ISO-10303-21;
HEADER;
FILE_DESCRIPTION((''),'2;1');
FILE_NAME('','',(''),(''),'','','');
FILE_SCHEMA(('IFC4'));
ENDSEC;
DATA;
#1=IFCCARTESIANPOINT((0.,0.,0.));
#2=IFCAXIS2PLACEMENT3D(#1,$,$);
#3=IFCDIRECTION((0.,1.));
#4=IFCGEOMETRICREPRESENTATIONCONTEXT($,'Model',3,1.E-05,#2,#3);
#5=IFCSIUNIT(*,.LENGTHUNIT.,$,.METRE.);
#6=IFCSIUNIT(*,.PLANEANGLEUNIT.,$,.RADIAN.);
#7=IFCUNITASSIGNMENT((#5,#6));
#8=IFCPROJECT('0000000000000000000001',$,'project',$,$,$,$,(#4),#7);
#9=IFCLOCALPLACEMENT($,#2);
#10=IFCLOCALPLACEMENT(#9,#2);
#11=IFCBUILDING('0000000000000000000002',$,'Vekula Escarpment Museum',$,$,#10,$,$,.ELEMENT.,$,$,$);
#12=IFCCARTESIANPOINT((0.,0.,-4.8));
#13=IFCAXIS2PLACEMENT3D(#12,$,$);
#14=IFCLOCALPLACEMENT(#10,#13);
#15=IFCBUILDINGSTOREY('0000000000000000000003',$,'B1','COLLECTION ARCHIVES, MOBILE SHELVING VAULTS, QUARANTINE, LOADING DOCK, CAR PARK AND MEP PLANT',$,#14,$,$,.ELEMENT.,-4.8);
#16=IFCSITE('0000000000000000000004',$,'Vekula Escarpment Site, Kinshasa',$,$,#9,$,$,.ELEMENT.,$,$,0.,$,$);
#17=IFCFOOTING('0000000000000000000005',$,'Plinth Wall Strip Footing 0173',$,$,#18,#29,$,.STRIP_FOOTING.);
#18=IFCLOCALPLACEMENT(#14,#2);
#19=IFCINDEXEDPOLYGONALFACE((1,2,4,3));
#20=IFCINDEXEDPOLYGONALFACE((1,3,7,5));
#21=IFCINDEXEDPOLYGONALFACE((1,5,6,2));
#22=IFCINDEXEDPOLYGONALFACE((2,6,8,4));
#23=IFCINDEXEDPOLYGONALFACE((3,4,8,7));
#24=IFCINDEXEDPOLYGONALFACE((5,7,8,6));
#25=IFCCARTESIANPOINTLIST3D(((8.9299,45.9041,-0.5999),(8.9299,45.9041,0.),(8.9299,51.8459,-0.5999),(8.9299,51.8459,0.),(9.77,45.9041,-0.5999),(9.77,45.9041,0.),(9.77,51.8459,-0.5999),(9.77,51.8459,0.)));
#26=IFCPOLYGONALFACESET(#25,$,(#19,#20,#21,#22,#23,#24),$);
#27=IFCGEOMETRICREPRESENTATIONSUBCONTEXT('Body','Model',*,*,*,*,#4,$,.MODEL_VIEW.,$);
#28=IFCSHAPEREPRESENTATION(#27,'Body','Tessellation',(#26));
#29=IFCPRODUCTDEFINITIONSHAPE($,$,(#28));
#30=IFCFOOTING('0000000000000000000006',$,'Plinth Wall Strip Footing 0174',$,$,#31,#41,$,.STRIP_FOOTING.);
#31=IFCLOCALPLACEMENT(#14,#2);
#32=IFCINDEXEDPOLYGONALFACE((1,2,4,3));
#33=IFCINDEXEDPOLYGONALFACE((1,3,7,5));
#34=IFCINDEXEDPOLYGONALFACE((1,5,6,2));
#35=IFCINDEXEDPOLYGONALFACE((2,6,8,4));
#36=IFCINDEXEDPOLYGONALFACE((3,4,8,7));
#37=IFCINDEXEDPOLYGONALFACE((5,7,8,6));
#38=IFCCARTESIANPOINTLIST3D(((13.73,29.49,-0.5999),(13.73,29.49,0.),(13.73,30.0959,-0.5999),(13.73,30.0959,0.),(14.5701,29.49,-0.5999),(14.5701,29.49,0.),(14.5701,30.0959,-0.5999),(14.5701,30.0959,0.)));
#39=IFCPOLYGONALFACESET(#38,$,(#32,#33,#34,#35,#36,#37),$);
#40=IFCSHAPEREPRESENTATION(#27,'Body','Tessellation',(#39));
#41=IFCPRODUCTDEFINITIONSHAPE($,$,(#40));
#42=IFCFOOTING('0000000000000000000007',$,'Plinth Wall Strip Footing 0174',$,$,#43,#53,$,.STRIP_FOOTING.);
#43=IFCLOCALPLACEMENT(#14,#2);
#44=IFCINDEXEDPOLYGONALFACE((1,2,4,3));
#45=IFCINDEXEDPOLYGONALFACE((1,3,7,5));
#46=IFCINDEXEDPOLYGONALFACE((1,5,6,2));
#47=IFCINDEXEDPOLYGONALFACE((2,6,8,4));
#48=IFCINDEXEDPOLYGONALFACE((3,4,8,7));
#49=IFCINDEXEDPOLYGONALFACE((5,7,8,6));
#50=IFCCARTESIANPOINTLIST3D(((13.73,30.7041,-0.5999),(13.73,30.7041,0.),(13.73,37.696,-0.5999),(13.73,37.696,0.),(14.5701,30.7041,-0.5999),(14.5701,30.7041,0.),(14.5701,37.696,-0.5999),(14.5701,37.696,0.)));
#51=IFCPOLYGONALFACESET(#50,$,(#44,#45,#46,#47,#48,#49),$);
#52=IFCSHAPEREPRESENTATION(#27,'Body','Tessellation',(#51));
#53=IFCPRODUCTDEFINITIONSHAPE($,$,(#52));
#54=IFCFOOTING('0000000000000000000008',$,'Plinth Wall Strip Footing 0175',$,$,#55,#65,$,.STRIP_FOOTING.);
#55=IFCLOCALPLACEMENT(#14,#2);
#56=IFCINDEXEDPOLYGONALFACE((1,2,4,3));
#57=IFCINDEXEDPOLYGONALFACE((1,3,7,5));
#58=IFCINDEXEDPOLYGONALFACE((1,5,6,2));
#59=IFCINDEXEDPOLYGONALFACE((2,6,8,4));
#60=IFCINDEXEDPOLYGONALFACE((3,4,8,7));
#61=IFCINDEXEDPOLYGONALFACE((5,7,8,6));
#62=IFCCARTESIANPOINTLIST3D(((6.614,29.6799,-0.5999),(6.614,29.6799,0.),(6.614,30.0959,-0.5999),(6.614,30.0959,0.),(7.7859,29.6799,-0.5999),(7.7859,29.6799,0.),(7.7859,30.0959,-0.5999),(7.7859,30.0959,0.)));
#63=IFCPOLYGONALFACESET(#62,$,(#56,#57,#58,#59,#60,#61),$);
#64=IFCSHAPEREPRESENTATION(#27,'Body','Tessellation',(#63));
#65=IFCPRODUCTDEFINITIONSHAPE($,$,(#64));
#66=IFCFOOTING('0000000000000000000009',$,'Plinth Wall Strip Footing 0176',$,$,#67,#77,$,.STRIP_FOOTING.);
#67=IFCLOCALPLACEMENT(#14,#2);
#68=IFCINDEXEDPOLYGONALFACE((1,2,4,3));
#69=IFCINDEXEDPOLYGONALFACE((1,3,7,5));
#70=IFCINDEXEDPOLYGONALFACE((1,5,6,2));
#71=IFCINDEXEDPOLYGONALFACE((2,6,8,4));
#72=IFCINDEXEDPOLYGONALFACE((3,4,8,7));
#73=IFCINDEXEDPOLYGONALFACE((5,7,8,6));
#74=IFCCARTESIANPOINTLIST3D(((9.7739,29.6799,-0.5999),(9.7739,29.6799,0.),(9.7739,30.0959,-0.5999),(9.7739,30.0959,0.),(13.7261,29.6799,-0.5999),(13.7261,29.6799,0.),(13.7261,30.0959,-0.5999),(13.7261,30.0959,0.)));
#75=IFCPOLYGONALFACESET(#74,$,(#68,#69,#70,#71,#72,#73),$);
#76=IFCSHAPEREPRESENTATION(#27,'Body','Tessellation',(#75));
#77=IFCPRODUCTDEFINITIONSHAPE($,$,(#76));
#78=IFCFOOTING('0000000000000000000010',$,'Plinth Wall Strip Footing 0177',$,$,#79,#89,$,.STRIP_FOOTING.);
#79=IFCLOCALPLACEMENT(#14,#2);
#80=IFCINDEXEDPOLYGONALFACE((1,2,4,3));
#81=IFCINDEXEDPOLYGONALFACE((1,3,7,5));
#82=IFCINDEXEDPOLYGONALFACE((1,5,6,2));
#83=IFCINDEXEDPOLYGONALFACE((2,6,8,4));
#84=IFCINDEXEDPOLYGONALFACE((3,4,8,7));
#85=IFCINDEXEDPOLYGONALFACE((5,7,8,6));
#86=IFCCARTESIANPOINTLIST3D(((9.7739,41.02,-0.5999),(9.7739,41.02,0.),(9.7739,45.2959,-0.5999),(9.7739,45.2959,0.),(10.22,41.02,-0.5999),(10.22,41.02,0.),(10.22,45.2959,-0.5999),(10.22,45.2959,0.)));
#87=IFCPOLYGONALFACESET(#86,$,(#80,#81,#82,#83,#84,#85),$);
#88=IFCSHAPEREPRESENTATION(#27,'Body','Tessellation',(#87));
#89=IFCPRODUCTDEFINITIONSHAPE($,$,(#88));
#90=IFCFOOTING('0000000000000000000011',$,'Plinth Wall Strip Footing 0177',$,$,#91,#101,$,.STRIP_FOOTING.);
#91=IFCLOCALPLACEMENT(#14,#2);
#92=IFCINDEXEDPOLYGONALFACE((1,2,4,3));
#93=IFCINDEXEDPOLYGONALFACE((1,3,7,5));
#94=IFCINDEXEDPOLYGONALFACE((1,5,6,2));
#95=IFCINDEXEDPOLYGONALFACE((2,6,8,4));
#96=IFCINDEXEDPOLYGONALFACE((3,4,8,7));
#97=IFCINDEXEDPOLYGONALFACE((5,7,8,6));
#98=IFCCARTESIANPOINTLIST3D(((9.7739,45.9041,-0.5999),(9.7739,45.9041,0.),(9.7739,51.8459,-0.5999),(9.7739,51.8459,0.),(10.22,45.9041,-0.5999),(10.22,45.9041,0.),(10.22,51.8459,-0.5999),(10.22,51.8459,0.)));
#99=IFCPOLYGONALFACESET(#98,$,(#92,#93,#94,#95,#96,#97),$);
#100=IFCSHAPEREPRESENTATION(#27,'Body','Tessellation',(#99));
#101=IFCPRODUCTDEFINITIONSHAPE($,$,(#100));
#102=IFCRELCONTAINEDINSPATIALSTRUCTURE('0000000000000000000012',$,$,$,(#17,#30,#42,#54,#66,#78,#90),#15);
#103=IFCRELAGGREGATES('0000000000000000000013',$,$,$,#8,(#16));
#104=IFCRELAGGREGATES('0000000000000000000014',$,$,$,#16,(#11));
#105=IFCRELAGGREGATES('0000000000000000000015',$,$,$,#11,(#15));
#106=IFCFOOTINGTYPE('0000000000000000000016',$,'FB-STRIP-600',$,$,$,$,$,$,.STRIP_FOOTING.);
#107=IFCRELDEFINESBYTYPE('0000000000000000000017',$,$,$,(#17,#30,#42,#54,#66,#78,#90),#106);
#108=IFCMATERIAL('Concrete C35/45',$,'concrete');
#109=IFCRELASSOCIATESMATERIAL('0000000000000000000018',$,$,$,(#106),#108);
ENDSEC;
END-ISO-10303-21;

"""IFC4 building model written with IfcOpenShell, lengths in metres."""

from ifc_helpers import new_model, si_unit, direction, frame, origin, place, context, subcontext, project, spatial, polyline, outline, extrude, material, type_object, element, save


model = new_model("IFC4")

# Units and contexts
model_context = context("Model", 3, precision=1e-05, world=origin(), true_north=direction((0.0, 1.0)))
body_context = subcontext(model_context, "Body", "Model", "MODEL_VIEW")
ifc_project = project(units=[si_unit("LENGTHUNIT", "METRE"), si_unit("PLANEANGLEUNIT", "RADIAN")], contexts=[model_context])

# Site, building, storey
site_placement = place(None, origin())
site = spatial("IfcSite", under=ifc_project, at=site_placement, Name="Vekula Escarpment Site, Kinshasa", CompositionType="ELEMENT", RefElevation=0.0)
building_placement = place(site_placement, origin())
building = spatial("IfcBuilding", under=site, at=building_placement, Name="Vekula Escarpment Museum", CompositionType="ELEMENT")
storey_placement = place(building_placement, frame((0.0, 0.0, -4.8)))
storey = spatial("IfcBuildingStorey", under=building, at=storey_placement, Name="B1", Description="COLLECTION ARCHIVES, MOBILE SHELVING VAULTS, QUARANTINE, LOADING DOCK, CAR PARK AND MEP PLANT", CompositionType="ELEMENT", Elevation=-4.8)

# Footings
ifc_material = material(Name="Concrete C35/45", Category="concrete")
footing_type = type_object("IfcFootingType", Name="FB-STRIP-600", PredefinedType="STRIP_FOOTING", material=ifc_material)
footing_1_placement = place(storey_placement, frame((0.0, 0.0, -0.5999)))
element("IfcFooting", 1, at=footing_1_placement, inside=storey, type_object=footing_type, Name="Plinth Wall Strip Footing 0173", PredefinedType="STRIP_FOOTING", context=body_context, shape_type="SweptSolid", body=[
    extrude(outline(polyline([(9.77, 45.9041), (8.9299, 45.9041), (8.9299, 51.8459), (9.77, 51.8459), (9.77, 45.9041)])), origin(), (0.0, 0.0, 1.0), 0.5999),
])
footing_2_placement = place(storey_placement, frame((0.0, 0.0, -0.5999)))
element("IfcFooting", 2, at=footing_2_placement, inside=storey, type_object=footing_type, Name="Plinth Wall Strip Footing 0174", PredefinedType="STRIP_FOOTING", context=body_context, shape_type="SweptSolid", body=[
    extrude(outline(polyline([(14.5701, 29.49), (13.73, 29.49), (13.73, 30.0959), (14.5701, 30.0959), (14.5701, 29.49)])), origin(), (0.0, 0.0, 1.0), 0.5999),
])
footing_3_placement = place(storey_placement, frame((0.0, 0.0, -0.5999)))
element("IfcFooting", 3, at=footing_3_placement, inside=storey, type_object=footing_type, Name="Plinth Wall Strip Footing 0174", PredefinedType="STRIP_FOOTING", context=body_context, shape_type="SweptSolid", body=[
    extrude(outline(polyline([(14.5701, 30.7041), (13.73, 30.7041), (13.73, 37.696), (14.5701, 37.696), (14.5701, 30.7041)])), origin(), (0.0, 0.0, 1.0), 0.5999),
])
footing_4_placement = place(storey_placement, frame((0.0, 0.0, -0.5999)))
element("IfcFooting", 4, at=footing_4_placement, inside=storey, type_object=footing_type, Name="Plinth Wall Strip Footing 0175", PredefinedType="STRIP_FOOTING", context=body_context, shape_type="SweptSolid", body=[
    extrude(outline(polyline([(6.614, 29.6799), (6.614, 30.0959), (7.7859, 30.0959), (7.7859, 29.6799), (6.614, 29.6799)])), origin(), (0.0, 0.0, 1.0), 0.5999),
])
footing_5_placement = place(storey_placement, frame((0.0, 0.0, -0.5999)))
element("IfcFooting", 5, at=footing_5_placement, inside=storey, type_object=footing_type, Name="Plinth Wall Strip Footing 0176", PredefinedType="STRIP_FOOTING", context=body_context, shape_type="SweptSolid", body=[
    extrude(outline(polyline([(9.7739, 29.6799), (9.7739, 30.0959), (13.7261, 30.0959), (13.7261, 29.6799), (9.7739, 29.6799)])), origin(), (0.0, 0.0, 1.0), 0.5999),
])
footing_6_placement = place(storey_placement, frame((0.0, 0.0, -0.5999)))
element("IfcFooting", 6, at=footing_6_placement, inside=storey, type_object=footing_type, Name="Plinth Wall Strip Footing 0177", PredefinedType="STRIP_FOOTING", context=body_context, shape_type="SweptSolid", body=[
    extrude(outline(polyline([(10.22, 41.02), (9.7739, 41.02), (9.7739, 45.2959), (10.22, 45.2959), (10.22, 41.02)])), origin(), (0.0, 0.0, 1.0), 0.5999),
])
footing_7_placement = place(storey_placement, frame((0.0, 0.0, -0.5999)))
element("IfcFooting", 7, at=footing_7_placement, inside=storey, type_object=footing_type, Name="Plinth Wall Strip Footing 0177", PredefinedType="STRIP_FOOTING", context=body_context, shape_type="SweptSolid", body=[
    extrude(outline(polyline([(10.22, 45.9041), (9.7739, 45.9041), (9.7739, 51.8459), (10.22, 51.8459), (10.22, 45.9041)])), origin(), (0.0, 0.0, 1.0), 0.5999),
])

save(model, "model.ifc")
